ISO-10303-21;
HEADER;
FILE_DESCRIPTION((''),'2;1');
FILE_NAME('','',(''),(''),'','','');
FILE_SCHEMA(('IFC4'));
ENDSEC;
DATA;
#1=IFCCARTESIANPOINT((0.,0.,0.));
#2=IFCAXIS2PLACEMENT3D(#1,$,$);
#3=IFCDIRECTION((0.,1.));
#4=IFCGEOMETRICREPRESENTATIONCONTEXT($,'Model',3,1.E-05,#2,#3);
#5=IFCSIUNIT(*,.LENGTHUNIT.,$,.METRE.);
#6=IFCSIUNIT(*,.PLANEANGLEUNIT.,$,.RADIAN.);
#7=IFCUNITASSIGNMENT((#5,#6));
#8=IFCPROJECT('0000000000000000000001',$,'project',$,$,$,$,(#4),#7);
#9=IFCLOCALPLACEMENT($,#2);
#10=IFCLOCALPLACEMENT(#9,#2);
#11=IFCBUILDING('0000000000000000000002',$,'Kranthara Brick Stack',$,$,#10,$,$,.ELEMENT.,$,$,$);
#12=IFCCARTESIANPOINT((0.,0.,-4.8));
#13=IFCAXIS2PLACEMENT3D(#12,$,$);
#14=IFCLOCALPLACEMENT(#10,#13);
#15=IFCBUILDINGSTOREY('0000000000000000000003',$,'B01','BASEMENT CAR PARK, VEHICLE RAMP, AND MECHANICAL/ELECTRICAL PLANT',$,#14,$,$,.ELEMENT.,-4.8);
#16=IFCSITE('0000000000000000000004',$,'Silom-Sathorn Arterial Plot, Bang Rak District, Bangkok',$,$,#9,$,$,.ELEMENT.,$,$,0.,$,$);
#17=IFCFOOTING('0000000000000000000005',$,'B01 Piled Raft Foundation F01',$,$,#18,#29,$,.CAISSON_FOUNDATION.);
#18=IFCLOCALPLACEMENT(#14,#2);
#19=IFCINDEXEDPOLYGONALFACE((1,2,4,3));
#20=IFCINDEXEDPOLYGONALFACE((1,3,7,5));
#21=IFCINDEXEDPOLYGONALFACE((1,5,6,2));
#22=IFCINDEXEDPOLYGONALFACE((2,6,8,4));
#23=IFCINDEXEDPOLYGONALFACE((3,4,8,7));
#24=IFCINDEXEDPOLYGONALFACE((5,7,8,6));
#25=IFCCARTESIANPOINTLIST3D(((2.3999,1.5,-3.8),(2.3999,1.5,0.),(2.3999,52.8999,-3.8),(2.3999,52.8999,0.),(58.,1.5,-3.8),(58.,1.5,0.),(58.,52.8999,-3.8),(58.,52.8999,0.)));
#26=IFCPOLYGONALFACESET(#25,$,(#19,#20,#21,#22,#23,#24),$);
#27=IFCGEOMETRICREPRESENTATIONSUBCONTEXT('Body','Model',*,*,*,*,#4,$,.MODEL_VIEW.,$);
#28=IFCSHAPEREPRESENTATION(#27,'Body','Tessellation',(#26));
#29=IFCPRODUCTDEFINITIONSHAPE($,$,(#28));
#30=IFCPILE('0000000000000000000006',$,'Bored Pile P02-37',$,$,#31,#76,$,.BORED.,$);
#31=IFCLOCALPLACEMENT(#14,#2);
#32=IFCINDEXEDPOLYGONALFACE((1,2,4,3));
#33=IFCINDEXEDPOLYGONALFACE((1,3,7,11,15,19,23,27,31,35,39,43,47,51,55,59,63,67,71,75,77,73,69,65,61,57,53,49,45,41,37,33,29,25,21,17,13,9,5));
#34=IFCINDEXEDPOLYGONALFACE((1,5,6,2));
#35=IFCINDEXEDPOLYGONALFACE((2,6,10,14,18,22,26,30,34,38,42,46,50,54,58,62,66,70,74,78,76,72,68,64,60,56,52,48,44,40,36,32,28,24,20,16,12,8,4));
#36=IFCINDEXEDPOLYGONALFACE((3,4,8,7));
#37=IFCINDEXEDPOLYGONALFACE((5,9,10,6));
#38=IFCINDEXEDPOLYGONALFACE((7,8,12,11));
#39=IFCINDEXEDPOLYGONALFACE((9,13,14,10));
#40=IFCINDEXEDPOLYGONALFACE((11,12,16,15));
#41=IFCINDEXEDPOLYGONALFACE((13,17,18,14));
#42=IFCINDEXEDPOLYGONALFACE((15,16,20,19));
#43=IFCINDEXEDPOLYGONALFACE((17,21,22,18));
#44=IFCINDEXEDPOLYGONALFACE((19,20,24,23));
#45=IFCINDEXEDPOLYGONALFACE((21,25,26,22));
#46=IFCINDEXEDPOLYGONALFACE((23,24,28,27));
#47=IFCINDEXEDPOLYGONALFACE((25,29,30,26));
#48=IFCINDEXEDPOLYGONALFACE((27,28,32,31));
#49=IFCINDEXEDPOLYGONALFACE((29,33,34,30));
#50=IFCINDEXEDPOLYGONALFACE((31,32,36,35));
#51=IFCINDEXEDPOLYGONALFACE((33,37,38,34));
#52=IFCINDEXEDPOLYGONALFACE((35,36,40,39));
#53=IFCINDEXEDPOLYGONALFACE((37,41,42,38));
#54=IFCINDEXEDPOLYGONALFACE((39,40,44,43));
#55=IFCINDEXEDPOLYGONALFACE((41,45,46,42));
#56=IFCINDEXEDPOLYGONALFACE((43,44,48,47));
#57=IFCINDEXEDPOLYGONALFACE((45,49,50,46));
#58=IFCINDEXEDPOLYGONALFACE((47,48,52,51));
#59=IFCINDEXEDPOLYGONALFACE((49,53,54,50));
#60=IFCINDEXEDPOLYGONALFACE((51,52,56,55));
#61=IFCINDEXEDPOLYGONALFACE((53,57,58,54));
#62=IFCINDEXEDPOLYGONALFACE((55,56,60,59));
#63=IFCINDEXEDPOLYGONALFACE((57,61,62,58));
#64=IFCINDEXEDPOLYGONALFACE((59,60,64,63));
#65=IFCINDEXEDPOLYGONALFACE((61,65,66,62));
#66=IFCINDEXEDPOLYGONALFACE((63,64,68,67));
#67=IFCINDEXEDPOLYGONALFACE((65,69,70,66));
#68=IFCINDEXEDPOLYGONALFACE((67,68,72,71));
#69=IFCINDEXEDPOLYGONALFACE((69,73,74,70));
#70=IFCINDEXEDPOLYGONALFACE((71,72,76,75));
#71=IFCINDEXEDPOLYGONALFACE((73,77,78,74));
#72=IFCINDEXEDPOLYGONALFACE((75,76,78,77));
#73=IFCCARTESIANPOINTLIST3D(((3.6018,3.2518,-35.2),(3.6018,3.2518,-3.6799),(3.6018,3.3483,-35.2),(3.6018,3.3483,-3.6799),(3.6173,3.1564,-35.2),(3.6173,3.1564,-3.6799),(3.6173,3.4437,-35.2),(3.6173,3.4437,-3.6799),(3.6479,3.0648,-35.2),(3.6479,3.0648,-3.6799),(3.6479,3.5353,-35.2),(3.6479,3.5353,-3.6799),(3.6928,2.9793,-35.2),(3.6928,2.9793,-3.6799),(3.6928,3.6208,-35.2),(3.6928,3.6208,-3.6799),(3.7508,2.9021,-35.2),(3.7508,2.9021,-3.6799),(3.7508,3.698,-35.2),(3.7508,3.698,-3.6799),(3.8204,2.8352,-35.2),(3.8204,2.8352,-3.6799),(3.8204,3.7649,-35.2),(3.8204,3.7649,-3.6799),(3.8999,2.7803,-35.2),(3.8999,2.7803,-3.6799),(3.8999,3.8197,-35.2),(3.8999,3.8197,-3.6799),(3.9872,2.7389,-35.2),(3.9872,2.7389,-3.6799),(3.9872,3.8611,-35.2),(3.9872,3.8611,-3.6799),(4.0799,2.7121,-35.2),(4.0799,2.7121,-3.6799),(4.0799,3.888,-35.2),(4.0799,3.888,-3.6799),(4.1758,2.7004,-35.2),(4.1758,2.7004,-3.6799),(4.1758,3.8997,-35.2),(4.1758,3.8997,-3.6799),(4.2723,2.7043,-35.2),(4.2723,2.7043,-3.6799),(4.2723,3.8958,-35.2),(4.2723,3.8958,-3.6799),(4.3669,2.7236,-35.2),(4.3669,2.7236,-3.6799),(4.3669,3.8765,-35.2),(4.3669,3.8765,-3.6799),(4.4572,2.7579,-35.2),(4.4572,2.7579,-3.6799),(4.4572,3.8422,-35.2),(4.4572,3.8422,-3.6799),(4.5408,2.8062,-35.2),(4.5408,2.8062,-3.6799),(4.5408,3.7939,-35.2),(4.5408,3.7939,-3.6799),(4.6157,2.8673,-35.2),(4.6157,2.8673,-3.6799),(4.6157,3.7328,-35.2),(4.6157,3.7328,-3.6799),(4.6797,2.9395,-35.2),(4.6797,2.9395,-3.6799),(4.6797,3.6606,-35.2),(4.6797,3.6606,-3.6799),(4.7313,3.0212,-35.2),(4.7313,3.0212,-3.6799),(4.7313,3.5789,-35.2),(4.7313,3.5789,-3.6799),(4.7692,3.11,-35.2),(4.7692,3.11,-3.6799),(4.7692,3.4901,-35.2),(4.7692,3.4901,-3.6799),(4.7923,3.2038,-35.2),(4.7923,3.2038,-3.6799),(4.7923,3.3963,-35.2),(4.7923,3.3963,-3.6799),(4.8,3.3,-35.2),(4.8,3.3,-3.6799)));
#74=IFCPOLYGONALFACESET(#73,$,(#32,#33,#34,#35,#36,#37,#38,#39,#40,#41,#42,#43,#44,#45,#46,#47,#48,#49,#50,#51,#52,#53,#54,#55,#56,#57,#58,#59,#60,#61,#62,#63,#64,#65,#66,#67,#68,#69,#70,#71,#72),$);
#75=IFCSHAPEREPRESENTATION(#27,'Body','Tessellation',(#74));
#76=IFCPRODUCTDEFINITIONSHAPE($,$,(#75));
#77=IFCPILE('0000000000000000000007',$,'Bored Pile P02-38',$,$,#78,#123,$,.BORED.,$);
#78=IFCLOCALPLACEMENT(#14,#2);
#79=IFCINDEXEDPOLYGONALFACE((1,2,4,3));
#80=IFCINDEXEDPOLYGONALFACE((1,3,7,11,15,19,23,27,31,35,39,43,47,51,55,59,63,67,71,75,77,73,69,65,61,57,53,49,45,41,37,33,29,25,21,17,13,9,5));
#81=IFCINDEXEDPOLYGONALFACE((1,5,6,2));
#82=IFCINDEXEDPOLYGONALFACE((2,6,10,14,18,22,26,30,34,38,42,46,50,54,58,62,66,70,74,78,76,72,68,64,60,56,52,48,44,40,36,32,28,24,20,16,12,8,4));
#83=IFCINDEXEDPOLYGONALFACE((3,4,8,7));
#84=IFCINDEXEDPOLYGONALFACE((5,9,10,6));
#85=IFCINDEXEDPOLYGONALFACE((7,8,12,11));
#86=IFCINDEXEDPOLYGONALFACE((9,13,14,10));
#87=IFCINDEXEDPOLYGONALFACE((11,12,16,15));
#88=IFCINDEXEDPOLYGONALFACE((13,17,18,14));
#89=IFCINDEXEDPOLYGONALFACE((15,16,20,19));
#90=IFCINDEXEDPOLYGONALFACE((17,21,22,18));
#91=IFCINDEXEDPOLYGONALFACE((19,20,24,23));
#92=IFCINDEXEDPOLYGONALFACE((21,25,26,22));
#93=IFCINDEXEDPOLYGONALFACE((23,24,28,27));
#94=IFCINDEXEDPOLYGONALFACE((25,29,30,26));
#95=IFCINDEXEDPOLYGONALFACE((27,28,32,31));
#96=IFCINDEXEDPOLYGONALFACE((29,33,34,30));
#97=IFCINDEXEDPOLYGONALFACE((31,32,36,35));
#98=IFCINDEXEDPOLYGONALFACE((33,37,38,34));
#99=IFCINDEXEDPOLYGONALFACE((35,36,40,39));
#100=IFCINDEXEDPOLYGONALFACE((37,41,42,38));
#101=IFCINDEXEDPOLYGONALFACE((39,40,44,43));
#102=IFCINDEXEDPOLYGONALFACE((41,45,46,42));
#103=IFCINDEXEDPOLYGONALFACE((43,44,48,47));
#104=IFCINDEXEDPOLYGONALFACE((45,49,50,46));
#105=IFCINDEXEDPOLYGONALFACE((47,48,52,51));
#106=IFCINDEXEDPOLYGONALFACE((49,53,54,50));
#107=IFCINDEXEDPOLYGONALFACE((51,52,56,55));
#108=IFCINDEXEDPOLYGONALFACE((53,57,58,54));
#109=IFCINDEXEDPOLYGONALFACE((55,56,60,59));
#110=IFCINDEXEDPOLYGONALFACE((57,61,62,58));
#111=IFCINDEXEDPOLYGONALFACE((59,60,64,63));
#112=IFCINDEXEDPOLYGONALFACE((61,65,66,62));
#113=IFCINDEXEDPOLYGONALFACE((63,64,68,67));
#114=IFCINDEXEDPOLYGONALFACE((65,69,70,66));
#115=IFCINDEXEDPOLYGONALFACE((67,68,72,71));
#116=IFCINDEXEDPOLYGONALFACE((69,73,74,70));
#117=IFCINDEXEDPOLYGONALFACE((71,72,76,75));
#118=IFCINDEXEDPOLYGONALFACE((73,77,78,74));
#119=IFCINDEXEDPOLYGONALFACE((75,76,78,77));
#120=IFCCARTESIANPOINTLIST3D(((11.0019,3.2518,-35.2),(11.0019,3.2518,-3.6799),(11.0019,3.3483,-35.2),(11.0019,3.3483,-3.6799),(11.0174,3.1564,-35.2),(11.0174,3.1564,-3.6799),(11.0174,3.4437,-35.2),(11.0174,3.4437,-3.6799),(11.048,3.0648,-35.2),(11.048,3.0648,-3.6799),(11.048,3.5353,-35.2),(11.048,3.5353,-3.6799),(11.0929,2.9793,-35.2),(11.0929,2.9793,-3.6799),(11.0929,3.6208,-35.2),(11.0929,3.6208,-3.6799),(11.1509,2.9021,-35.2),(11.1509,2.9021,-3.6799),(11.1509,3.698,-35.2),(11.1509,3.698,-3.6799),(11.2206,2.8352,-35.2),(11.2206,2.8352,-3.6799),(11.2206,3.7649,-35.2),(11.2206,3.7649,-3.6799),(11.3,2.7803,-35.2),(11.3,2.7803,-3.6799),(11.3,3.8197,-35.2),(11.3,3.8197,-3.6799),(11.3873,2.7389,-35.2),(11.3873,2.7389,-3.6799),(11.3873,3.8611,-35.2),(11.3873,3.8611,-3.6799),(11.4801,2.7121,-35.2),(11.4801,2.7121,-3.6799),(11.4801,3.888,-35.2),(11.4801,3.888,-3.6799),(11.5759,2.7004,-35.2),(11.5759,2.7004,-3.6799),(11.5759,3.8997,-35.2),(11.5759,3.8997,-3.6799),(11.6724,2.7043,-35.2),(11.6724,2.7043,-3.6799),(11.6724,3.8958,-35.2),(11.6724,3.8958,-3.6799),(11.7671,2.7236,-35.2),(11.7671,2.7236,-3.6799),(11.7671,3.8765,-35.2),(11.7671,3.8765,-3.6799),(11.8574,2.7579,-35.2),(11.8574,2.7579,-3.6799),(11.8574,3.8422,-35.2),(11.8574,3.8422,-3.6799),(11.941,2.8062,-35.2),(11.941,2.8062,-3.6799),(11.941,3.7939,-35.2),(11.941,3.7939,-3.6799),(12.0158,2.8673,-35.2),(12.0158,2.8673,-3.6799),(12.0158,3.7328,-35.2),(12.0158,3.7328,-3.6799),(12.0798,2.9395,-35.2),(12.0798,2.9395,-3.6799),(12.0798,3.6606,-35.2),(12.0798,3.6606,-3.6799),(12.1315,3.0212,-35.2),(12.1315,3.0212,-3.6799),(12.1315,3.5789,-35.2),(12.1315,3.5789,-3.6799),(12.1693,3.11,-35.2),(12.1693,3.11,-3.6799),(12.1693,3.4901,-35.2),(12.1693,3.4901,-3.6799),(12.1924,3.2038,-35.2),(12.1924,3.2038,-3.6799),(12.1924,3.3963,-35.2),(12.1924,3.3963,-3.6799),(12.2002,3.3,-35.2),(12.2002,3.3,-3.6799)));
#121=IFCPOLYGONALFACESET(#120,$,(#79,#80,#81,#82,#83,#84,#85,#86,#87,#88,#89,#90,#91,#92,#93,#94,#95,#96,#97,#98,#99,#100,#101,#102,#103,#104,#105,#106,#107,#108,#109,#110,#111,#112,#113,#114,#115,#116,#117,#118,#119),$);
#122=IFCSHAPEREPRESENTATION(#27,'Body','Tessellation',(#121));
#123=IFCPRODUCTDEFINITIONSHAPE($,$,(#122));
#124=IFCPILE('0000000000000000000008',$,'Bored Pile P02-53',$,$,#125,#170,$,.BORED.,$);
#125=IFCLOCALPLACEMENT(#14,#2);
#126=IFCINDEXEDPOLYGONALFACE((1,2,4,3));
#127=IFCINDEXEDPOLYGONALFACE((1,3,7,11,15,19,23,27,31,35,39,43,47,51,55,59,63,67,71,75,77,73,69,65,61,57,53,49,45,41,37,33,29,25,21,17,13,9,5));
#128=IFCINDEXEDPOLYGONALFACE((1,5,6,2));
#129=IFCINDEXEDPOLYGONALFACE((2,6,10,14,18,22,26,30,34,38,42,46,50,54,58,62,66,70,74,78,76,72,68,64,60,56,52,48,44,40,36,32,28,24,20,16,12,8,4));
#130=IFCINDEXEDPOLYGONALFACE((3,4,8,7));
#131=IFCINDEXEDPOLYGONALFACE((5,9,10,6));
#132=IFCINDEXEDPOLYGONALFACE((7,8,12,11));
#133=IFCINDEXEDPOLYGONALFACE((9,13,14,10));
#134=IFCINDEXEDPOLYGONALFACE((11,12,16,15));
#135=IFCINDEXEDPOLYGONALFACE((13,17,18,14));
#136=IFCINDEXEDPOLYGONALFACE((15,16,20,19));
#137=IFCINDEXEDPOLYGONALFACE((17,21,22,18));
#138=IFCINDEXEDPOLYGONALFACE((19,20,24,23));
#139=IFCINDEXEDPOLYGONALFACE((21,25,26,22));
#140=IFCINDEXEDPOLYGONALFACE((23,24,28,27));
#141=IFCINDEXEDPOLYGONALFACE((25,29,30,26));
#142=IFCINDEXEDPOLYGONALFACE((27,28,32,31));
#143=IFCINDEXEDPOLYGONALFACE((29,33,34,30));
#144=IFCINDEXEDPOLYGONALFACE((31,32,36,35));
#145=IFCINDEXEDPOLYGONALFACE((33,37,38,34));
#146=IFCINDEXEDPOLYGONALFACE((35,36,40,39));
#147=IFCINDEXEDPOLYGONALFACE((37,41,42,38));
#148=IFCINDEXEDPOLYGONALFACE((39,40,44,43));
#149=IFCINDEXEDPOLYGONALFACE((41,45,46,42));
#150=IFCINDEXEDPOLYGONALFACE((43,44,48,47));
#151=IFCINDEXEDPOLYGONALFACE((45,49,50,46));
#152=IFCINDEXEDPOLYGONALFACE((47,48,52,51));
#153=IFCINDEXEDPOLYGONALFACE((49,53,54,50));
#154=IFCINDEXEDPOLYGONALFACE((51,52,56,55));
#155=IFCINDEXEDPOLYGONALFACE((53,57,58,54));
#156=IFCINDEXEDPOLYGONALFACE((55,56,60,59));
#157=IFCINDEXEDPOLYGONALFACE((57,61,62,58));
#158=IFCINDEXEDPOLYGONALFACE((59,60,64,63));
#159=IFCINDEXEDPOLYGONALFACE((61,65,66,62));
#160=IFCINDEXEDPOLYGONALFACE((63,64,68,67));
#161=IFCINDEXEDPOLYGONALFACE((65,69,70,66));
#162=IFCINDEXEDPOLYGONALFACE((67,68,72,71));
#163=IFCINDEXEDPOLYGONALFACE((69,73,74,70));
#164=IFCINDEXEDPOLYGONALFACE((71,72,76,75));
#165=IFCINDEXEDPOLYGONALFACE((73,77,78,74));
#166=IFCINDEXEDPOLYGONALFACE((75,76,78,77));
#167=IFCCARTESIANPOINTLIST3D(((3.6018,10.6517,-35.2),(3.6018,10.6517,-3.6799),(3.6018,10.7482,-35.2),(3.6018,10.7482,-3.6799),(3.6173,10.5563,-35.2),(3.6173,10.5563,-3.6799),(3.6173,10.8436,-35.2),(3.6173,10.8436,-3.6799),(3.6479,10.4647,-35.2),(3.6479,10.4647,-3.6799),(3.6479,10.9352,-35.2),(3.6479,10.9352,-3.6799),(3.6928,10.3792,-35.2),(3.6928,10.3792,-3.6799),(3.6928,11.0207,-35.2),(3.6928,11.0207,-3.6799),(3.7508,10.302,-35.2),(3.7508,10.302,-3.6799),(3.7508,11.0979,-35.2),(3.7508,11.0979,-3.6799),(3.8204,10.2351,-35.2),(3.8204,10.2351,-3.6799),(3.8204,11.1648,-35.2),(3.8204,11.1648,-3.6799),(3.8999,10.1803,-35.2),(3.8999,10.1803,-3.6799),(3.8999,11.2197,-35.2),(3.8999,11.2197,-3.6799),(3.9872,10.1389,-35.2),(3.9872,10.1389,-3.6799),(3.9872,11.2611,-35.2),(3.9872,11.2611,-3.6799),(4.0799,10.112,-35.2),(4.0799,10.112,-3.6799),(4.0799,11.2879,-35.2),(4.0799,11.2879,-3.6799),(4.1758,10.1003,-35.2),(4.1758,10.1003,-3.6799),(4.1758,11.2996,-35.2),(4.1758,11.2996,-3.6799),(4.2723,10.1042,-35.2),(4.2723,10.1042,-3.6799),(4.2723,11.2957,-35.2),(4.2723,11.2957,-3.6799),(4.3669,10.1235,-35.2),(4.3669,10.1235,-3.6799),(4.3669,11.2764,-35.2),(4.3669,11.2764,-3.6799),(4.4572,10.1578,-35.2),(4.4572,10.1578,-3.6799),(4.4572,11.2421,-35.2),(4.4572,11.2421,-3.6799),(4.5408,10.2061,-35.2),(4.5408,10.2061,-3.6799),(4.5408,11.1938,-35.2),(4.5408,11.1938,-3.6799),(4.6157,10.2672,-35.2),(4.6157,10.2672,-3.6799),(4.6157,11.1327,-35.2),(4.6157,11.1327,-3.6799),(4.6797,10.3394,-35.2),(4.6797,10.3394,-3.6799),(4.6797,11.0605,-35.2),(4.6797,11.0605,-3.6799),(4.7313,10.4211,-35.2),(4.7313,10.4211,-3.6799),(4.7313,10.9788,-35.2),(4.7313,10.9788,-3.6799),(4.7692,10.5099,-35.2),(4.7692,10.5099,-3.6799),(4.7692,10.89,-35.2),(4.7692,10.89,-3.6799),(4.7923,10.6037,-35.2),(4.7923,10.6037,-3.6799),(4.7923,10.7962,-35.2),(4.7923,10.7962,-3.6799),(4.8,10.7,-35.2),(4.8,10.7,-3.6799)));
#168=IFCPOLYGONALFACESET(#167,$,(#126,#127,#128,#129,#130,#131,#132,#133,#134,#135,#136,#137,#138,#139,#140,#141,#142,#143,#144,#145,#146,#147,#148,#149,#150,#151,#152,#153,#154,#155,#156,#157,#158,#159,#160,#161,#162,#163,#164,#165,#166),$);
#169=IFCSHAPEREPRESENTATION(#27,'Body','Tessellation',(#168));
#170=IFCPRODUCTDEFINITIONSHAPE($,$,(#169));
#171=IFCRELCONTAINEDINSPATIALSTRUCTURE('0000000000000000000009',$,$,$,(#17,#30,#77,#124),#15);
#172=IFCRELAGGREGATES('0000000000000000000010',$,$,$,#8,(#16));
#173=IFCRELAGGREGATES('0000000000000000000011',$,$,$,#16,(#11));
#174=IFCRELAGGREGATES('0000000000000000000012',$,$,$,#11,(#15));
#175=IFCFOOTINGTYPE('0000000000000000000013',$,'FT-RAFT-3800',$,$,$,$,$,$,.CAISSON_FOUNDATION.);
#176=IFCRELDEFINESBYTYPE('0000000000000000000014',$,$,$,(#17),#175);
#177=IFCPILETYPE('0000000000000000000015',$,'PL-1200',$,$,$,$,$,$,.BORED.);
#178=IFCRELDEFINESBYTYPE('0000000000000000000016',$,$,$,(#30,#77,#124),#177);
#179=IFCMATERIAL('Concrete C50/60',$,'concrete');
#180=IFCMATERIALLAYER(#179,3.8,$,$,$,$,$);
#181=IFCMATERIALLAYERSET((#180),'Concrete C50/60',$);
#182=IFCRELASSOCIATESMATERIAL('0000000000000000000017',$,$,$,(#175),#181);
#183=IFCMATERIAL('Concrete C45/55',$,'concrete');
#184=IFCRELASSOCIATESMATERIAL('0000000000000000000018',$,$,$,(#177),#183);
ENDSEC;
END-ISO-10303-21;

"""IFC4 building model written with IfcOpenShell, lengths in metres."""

from ifc_helpers import new_model, si_unit, direction, frame, origin, origin_2d, place, context, subcontext, project, spatial, polyline, circle, outline, extrude, material, layer, layer_set, material_profile, profile_set, type_object, element, save


model = new_model("IFC4")

# Units and contexts
model_context = context("Model", 3, precision=1e-05, world=origin(), true_north=direction((0.0, 1.0)))
body_context = subcontext(model_context, "Body", "Model", "MODEL_VIEW")
ifc_project = project(units=[si_unit("LENGTHUNIT", "METRE"), si_unit("PLANEANGLEUNIT", "RADIAN")], contexts=[model_context])

# Site, building, storey
site_placement = place(None, origin())
site = spatial("IfcSite", under=ifc_project, at=site_placement, Name="Silom-Sathorn Arterial Plot, Bang Rak District, Bangkok", CompositionType="ELEMENT", RefElevation=0.0)
building_placement = place(site_placement, origin())
building = spatial("IfcBuilding", under=site, at=building_placement, Name="Kranthara Brick Stack", CompositionType="ELEMENT")
storey_placement = place(building_placement, frame((0.0, 0.0, -4.8)))
storey = spatial("IfcBuildingStorey", under=building, at=storey_placement, Name="B01", Description="BASEMENT CAR PARK, VEHICLE RAMP, AND MECHANICAL/ELECTRICAL PLANT", CompositionType="ELEMENT", Elevation=-4.8)

# Footing
ifc_material_1 = material(Name="Concrete C50/60", Category="concrete")
ifc_layer_1 = layer(ifc_material_1, 3.8)
ifc_layer_set_1 = layer_set([ifc_layer_1], Name="Concrete C50/60")
footing_type = type_object("IfcFootingType", Name="FT-RAFT-3800", PredefinedType="CAISSON_FOUNDATION", material=ifc_layer_set_1)
footing_placement = place(storey_placement, frame((0.0, 0.0, -3.8)))
element("IfcFooting", 1, at=footing_placement, inside=storey, type_object=footing_type, Name="B01 Piled Raft Foundation F01", PredefinedType="CAISSON_FOUNDATION", context=body_context, shape_type="SweptSolid", body=[
    extrude(outline(polyline([(2.3999, 1.5), (58.0, 1.5), (58.0, 52.8999), (2.3999, 52.8999), (2.3999, 1.5)])), origin(), (0.0, 0.0, 1.0), 3.8),
])

# Piles
ifc_material_2 = material(Name="Concrete C45/55", Category="concrete")
ifc_material_profile_1 = material_profile(ifc_material_2, circle(Radius=0.6001, at=origin_2d()), Name="BORED PILE 1200")
ifc_profile_set_1 = profile_set([ifc_material_profile_1], Name="Concrete C45/55")
pile_type_1 = type_object("IfcPileType", Name="PL-1200", PredefinedType="BORED", material=ifc_profile_set_1)
for number, where, z_axis, x_axis, name in (
    (2, (4.2, 3.3, -3.6799), (0.0, 0.0, -1.0), (1.0, 0.0, 0.0), "Bored Pile P02-37"),
    (3, (11.6001, 3.3, -3.6799), (0.0, 0.0, -1.0), (1.0, 0.0, 0.0), "Bored Pile P02-38"),
    (4, (4.2, 10.7, -3.6799), (0.0, 0.0, -1.0), (1.0, 0.0, 0.0), "Bored Pile P02-53"),
):
    element("IfcPile", number, at=place(storey_placement, frame(where, z_axis=z_axis, x_axis=x_axis)), inside=storey, type_object=pile_type_1, Name=name, PredefinedType="BORED", context=body_context, shape_type="SweptSolid", body=[
        extrude(circle(Radius=0.6001, at=origin_2d()), origin(), (0.0, 0.0, 1.0), 31.52),
    ])

save(model, "model.ifc")
